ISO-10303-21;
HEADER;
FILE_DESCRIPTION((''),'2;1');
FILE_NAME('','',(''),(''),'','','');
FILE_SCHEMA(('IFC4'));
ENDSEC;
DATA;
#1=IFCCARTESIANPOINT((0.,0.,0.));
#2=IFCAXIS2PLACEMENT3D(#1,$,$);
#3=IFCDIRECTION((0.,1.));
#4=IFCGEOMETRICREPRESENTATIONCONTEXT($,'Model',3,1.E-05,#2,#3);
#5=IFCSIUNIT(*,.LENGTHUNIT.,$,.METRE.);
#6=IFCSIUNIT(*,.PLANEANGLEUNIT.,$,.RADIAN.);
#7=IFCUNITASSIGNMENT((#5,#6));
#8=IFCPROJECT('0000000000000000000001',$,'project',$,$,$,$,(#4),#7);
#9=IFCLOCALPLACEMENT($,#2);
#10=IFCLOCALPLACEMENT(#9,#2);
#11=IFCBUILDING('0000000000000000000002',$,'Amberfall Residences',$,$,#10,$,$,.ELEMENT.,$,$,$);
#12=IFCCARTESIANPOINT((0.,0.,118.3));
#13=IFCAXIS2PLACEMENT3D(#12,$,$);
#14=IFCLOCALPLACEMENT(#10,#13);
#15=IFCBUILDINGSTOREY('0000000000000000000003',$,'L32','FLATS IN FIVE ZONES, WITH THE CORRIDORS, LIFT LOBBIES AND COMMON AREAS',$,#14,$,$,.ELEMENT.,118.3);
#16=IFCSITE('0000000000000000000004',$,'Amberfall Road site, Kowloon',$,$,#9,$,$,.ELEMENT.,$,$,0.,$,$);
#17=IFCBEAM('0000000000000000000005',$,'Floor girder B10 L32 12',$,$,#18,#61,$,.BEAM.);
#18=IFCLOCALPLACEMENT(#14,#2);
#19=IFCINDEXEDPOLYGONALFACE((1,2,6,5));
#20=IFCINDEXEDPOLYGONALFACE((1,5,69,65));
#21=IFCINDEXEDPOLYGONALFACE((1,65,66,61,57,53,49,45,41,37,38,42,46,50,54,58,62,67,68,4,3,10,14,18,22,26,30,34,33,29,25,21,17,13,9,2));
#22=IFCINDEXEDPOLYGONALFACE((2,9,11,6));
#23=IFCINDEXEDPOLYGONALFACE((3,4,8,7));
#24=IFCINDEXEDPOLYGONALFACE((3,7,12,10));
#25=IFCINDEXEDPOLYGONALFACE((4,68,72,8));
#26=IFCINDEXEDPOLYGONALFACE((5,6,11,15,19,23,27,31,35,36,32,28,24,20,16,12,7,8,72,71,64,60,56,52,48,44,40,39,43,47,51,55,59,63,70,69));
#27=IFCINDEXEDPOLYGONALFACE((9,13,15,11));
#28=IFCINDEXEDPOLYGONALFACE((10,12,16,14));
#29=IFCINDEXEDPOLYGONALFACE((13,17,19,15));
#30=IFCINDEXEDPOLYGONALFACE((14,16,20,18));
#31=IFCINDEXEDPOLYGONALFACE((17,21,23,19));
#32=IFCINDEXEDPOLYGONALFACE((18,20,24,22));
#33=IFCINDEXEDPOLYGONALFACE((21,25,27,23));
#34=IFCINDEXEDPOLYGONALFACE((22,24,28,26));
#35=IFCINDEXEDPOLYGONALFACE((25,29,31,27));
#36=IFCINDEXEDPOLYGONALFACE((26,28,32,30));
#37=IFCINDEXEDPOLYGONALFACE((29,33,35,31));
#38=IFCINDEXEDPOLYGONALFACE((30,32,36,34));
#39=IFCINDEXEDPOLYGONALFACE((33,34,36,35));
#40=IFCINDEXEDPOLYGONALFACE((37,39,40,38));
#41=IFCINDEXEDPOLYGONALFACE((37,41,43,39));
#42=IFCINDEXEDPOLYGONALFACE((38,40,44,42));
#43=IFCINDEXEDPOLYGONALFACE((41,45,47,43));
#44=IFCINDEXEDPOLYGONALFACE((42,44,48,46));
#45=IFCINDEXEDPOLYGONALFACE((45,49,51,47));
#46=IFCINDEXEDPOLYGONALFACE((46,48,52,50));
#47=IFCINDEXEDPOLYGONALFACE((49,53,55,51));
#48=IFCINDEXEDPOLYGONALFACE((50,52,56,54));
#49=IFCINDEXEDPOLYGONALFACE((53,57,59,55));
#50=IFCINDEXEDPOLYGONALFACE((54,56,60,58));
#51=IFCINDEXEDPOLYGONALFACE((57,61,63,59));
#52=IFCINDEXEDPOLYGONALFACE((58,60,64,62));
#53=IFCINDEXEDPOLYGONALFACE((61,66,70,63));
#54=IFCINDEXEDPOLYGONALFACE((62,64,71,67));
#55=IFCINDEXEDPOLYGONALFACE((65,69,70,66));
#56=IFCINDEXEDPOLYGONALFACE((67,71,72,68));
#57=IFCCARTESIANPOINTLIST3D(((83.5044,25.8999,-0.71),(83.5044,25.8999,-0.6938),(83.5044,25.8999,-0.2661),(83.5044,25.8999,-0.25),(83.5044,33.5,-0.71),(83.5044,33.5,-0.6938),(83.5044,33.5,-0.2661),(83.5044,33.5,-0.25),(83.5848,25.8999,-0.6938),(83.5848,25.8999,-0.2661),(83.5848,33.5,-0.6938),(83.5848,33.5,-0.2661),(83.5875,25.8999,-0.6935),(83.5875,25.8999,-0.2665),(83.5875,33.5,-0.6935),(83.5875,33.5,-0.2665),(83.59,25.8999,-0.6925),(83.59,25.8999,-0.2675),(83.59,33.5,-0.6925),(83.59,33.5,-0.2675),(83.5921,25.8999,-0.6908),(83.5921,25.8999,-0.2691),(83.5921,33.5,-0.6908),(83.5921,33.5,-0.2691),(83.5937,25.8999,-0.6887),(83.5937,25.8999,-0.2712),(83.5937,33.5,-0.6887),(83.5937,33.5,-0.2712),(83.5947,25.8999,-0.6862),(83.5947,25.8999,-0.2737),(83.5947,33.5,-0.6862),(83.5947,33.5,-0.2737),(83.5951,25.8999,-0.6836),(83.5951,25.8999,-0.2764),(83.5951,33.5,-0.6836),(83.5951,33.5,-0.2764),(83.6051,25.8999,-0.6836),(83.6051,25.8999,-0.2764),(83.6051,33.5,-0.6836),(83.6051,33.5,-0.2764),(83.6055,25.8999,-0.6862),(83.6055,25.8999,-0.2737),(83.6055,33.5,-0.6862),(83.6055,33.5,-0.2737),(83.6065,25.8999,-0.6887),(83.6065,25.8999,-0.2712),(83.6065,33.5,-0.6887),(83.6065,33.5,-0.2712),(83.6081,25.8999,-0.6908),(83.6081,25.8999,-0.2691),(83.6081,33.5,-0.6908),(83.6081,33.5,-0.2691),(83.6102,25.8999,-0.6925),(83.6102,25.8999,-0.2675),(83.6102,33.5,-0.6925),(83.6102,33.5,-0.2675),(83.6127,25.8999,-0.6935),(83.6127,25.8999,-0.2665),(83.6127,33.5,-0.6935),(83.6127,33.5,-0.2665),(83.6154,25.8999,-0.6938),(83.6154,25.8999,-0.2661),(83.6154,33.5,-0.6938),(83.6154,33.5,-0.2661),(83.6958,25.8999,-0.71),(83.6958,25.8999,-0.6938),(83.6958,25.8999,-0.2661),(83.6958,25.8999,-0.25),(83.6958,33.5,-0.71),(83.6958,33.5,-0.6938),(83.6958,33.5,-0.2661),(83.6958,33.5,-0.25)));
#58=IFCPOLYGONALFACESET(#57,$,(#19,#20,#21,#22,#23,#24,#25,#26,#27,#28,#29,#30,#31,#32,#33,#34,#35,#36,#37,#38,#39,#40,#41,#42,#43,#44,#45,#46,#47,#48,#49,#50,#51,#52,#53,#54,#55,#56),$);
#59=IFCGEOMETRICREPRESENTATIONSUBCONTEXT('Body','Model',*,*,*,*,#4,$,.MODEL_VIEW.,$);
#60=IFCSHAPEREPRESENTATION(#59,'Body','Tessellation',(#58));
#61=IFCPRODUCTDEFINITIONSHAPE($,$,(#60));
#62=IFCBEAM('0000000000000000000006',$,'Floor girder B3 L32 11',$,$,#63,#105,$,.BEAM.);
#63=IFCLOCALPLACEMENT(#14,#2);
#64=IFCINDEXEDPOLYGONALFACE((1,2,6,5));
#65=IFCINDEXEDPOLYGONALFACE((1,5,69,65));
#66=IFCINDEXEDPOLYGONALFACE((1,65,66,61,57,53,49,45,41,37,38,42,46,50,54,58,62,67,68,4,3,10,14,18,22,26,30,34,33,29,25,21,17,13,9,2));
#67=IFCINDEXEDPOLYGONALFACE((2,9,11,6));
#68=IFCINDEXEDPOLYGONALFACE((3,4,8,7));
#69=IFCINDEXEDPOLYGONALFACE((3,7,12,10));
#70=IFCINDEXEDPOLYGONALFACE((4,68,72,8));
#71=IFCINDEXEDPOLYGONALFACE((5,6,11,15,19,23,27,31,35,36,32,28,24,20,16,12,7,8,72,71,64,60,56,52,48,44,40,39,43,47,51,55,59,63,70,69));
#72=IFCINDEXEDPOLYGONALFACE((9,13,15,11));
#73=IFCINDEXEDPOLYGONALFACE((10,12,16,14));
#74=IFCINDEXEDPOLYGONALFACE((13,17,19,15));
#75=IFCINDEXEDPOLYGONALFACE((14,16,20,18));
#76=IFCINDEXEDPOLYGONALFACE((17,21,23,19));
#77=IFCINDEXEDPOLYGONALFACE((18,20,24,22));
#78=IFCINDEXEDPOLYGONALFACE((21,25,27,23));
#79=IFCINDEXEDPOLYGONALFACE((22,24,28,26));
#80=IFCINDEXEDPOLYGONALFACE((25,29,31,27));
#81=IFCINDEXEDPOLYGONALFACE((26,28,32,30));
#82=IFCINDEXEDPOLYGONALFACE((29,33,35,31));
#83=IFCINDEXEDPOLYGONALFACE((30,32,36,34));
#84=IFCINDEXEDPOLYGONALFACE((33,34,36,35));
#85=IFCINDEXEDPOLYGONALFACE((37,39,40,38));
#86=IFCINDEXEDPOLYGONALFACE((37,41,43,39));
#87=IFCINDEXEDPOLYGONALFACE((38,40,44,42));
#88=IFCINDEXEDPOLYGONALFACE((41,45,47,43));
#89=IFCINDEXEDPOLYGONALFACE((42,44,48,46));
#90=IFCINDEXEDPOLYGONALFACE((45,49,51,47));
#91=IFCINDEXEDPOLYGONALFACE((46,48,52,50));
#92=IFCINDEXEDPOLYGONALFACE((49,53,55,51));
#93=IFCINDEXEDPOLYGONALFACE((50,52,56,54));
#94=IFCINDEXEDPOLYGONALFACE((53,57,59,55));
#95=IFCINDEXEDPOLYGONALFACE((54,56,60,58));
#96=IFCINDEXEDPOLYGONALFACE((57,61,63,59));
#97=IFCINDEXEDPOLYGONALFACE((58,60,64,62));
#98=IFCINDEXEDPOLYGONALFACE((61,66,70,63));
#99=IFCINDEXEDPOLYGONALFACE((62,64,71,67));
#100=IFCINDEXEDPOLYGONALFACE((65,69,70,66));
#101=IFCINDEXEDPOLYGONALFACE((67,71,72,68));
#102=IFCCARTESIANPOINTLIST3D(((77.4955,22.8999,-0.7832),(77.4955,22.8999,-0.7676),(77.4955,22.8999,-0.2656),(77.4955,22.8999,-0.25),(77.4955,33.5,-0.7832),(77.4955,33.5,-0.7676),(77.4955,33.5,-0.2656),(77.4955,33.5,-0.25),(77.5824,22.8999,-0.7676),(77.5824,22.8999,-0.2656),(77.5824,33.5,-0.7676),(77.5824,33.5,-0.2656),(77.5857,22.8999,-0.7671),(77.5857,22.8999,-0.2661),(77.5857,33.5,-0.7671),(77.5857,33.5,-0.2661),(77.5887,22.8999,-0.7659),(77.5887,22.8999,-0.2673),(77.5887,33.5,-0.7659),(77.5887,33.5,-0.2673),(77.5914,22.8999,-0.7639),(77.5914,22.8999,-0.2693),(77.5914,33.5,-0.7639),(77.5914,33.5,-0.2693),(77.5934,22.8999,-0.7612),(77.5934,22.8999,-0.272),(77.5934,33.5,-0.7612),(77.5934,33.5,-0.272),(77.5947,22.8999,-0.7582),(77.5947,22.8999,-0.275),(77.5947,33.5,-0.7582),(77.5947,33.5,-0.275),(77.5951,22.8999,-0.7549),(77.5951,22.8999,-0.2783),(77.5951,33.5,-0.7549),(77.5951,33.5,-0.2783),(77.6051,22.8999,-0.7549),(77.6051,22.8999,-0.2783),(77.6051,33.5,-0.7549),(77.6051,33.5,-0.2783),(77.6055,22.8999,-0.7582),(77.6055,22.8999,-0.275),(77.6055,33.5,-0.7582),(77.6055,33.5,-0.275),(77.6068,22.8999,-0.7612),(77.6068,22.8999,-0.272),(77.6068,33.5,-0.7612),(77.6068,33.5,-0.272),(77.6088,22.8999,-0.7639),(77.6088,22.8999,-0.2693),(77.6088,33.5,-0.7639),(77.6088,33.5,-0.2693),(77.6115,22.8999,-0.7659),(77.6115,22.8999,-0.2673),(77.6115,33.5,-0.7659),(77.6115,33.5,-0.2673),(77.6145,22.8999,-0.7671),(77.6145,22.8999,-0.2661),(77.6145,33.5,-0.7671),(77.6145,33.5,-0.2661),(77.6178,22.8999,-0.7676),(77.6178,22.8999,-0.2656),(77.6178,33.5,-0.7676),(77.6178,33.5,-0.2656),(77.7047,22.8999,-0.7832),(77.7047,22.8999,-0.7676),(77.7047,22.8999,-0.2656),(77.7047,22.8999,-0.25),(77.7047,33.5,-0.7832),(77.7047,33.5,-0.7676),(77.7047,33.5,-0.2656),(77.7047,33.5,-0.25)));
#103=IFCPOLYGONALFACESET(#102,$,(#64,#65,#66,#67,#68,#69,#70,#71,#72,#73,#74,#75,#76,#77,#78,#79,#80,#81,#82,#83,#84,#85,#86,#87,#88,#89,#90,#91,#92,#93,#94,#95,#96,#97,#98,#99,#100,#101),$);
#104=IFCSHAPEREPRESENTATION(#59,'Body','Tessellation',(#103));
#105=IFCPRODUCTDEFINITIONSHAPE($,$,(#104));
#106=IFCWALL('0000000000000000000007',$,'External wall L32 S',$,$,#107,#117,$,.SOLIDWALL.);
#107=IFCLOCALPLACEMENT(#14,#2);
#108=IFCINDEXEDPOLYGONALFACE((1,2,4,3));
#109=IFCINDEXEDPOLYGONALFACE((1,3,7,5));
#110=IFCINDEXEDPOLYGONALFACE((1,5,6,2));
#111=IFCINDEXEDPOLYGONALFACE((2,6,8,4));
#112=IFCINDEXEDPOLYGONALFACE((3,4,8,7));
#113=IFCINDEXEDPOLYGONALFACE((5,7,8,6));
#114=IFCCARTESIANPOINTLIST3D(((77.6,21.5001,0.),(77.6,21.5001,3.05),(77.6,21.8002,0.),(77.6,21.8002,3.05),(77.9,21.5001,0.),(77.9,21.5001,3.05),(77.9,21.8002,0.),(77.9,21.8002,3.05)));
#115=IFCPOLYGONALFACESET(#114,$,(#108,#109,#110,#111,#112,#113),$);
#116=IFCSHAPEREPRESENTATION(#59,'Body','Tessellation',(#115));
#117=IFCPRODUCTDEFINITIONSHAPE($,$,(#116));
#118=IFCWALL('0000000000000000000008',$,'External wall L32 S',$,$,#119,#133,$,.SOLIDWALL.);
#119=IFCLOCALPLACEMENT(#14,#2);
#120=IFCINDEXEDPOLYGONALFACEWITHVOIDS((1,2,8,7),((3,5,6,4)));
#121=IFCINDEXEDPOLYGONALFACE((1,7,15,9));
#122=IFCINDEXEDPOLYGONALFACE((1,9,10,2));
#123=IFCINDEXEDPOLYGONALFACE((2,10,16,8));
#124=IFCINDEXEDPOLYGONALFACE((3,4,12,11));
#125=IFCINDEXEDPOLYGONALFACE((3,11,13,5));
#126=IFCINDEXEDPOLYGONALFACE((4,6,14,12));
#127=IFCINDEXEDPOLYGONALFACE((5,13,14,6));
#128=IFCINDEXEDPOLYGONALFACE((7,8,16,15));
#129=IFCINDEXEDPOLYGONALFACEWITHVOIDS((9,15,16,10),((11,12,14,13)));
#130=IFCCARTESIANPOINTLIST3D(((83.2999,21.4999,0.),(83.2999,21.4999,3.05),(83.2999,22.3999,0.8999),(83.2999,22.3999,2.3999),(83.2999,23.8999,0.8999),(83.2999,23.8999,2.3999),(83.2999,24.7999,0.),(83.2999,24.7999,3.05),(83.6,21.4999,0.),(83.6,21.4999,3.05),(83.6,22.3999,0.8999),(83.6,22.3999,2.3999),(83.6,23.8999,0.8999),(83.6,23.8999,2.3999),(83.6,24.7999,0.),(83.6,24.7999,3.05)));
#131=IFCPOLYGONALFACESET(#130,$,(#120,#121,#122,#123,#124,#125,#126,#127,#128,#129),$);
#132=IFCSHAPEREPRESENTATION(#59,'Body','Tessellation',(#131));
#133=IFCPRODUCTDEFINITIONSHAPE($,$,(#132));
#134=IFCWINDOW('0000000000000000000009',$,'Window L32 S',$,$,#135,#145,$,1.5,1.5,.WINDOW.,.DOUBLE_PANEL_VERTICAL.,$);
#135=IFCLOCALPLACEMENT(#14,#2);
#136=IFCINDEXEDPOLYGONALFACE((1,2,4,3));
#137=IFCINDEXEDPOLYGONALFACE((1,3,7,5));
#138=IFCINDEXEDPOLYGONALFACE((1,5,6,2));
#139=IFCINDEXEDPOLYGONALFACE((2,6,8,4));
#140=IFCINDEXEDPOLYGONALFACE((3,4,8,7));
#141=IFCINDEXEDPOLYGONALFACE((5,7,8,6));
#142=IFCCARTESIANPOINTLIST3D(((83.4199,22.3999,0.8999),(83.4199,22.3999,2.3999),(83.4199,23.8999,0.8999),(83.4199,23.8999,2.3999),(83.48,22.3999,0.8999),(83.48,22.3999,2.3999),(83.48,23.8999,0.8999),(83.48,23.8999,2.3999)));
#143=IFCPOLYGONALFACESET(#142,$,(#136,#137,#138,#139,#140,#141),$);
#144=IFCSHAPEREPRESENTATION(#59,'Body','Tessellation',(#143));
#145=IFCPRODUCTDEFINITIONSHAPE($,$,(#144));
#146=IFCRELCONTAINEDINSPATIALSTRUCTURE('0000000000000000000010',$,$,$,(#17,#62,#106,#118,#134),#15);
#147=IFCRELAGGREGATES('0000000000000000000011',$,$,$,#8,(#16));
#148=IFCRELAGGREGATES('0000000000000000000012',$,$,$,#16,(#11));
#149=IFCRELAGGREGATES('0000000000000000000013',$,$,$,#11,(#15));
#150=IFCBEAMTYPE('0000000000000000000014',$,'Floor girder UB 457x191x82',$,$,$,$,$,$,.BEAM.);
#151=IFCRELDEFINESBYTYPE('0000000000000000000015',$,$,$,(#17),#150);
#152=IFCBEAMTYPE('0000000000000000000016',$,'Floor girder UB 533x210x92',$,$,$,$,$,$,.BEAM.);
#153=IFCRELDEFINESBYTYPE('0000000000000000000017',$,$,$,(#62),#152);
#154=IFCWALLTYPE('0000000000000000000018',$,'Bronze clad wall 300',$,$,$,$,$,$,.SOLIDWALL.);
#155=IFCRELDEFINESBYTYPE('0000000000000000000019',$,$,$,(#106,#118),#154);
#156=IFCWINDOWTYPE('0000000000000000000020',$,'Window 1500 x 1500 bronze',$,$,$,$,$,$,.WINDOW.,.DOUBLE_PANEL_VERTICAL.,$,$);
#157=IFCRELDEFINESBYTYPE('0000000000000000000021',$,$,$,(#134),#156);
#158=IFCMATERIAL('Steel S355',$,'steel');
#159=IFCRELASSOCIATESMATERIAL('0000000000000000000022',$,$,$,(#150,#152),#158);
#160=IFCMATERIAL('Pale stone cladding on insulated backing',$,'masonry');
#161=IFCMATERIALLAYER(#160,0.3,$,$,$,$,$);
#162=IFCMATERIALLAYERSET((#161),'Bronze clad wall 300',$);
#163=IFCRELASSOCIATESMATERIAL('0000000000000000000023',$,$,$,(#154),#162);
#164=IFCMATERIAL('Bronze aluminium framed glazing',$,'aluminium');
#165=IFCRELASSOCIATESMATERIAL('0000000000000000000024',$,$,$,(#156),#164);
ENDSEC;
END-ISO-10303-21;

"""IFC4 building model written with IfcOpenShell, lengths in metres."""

from ifc_helpers import new_model, si_unit, direction, frame, frame_2d, origin, origin_2d, place, context, subcontext, project, spatial, rectangle, i_section, extrude, material, layer, layer_set, material_profile, profile_set, type_object, element, fill, save


model = new_model("IFC4")

# Units and contexts
model_context = context("Model", 3, precision=1e-05, world=origin(), true_north=direction((0.0, 1.0)))
body_context = subcontext(model_context, "Body", "Model", "MODEL_VIEW")
ifc_project = project(units=[si_unit("LENGTHUNIT", "METRE"), si_unit("PLANEANGLEUNIT", "RADIAN")], contexts=[model_context])

# Site, building, storey
site_placement = place(None, origin())
site = spatial("IfcSite", under=ifc_project, at=site_placement, Name="Amberfall Road site, Kowloon", CompositionType="ELEMENT", RefElevation=0.0)
building_placement = place(site_placement, origin())
building = spatial("IfcBuilding", under=site, at=building_placement, Name="Amberfall Residences", CompositionType="ELEMENT")
storey_placement = place(building_placement, frame((0.0, 0.0, 118.3)))
storey = spatial("IfcBuildingStorey", under=building, at=storey_placement, Name="L32", Description="FLATS IN FIVE ZONES, WITH THE CORRIDORS, LIFT LOBBIES AND COMMON AREAS", CompositionType="ELEMENT", Elevation=118.3)

# Beams
ifc_material_1 = material(Name="Steel S355", Category="steel")
ifc_material_profile_1 = material_profile(ifc_material_1, i_section(OverallWidth=0.1914, OverallDepth=0.46, WebThickness=0.01, FlangeThickness=0.0161, FilletRadius=0.0103, at=origin_2d()), Name="UB 457x191x82")
ifc_profile_set_1 = profile_set([ifc_material_profile_1], Name="Steel S355")
beam_type_1 = type_object("IfcBeamType", Name="Floor girder UB 457x191x82", PredefinedType="BEAM", material=ifc_profile_set_1)
beam_1_placement = place(storey_placement, frame((83.6001, 25.8999, -0.48), z_axis=(0.0, 1.0, 0.0), x_axis=(-1.0, 0.0, 0.0)))
element("IfcBeam", 1, at=beam_1_placement, inside=storey, type_object=beam_type_1, Name="Floor girder B10 L32 12", PredefinedType="BEAM", context=body_context, shape_type="SweptSolid", body=[
    extrude(i_section(OverallWidth=0.1914, OverallDepth=0.46, WebThickness=0.01, FlangeThickness=0.0161, FilletRadius=0.0103, at=origin_2d()), origin(), (0.0, 0.0, 1.0), 7.6001),
])
ifc_material_profile_2 = material_profile(ifc_material_1, i_section(OverallWidth=0.2092, OverallDepth=0.5332, WebThickness=0.01, FlangeThickness=0.0156, FilletRadius=0.0127, at=origin_2d()), Name="UB 533x210x92")
ifc_profile_set_2 = profile_set([ifc_material_profile_2], Name="Steel S355")
beam_type_2 = type_object("IfcBeamType", Name="Floor girder UB 533x210x92", PredefinedType="BEAM", material=ifc_profile_set_2)
beam_2_placement = place(storey_placement, frame((77.6001, 22.8999, -0.5166), z_axis=(0.0, 1.0, 0.0), x_axis=(-1.0, 0.0, 0.0)))
element("IfcBeam", 2, at=beam_2_placement, inside=storey, type_object=beam_type_2, Name="Floor girder B3 L32 11", PredefinedType="BEAM", context=body_context, shape_type="SweptSolid", body=[
    extrude(i_section(OverallWidth=0.2092, OverallDepth=0.5332, WebThickness=0.01, FlangeThickness=0.0156, FilletRadius=0.0127, at=origin_2d()), origin(), (0.0, 0.0, 1.0), 10.6001),
])

# Wall
ifc_material_2 = material(Name="Pale stone cladding on insulated backing", Category="masonry")
ifc_layer_1 = layer(ifc_material_2, 0.3)
ifc_layer_set_1 = layer_set([ifc_layer_1], Name="Bronze clad wall 300")
wall_type_1 = type_object("IfcWallType", Name="Bronze clad wall 300", PredefinedType="SOLIDWALL", material=ifc_layer_set_1)
wall_1_placement = place(storey_placement, frame((77.75, 21.8, 0.0), z_axis=(0.0, 0.0, 1.0), x_axis=(0.0, -1.0, 0.0)))
element("IfcWall", 3, at=wall_1_placement, inside=storey, type_object=wall_type_1, Name="External wall L32 S", PredefinedType="SOLIDWALL", context=body_context, shape_type="SweptSolid", body=[
    extrude(rectangle(XDim=0.3, YDim=0.3, at=frame_2d((0.1499, 0.0))), origin(), (0.0, 0.0, 1.0), 3.05),
])

# Wall, opening, window
wall_2_placement = place(storey_placement, frame((83.45, 21.5, 0.0), z_axis=(0.0, 0.0, 1.0), x_axis=(0.0, 1.0, 0.0)))
wall_2 = element("IfcWall", 4, at=wall_2_placement, inside=storey, type_object=wall_type_1, Name="External wall L32 S", PredefinedType="SOLIDWALL", context=body_context, shape_type="SweptSolid", body=[
    extrude(rectangle(XDim=3.3, YDim=0.3, at=frame_2d((1.6499, 0.0))), origin(), (0.0, 0.0, 1.0), 3.05),
])
opening_1_placement = place(wall_2_placement, frame((0.8999, 0.0, 0.8999)))
opening_1 = element("IfcOpeningElement", 5, at=opening_1_placement, cuts=wall_2, PredefinedType="OPENING", context=body_context, shape_type="SweptSolid", body=[
    extrude(rectangle(XDim=1.5, YDim=1.5, at=frame_2d((0.75, 0.75))), frame((0.0, 0.1599, 0.0), z_axis=(0.0, -1.0, 0.0), x_axis=(1.0, 0.0, 0.0)), (0.0, 0.0, 1.0), 0.3201),
])
ifc_material_3 = material(Name="Bronze aluminium framed glazing", Category="aluminium")
window_type_1 = type_object("IfcWindowType", Name="Window 1500 x 1500 bronze", PartitioningType="DOUBLE_PANEL_VERTICAL", PredefinedType="WINDOW", material=ifc_material_3)
window_1_placement = place(opening_1_placement, origin())
window_1 = element("IfcWindow", 6, at=window_1_placement, inside=storey, type_object=window_type_1, Name="Window L32 S", OverallHeight=1.5, OverallWidth=1.5, PartitioningType="DOUBLE_PANEL_VERTICAL", PredefinedType="WINDOW", context=body_context, shape_type="SweptSolid", body=[
    extrude(rectangle(XDim=1.5, YDim=1.5, at=frame_2d((0.75, 0.75))), frame((0.0, 0.03, 0.0), z_axis=(0.0, -1.0, 0.0), x_axis=(1.0, 0.0, 0.0)), (0.0, 0.0, 1.0), 0.0601),
])
fill(opening_1, window_1)

save(model, "model.ifc")
